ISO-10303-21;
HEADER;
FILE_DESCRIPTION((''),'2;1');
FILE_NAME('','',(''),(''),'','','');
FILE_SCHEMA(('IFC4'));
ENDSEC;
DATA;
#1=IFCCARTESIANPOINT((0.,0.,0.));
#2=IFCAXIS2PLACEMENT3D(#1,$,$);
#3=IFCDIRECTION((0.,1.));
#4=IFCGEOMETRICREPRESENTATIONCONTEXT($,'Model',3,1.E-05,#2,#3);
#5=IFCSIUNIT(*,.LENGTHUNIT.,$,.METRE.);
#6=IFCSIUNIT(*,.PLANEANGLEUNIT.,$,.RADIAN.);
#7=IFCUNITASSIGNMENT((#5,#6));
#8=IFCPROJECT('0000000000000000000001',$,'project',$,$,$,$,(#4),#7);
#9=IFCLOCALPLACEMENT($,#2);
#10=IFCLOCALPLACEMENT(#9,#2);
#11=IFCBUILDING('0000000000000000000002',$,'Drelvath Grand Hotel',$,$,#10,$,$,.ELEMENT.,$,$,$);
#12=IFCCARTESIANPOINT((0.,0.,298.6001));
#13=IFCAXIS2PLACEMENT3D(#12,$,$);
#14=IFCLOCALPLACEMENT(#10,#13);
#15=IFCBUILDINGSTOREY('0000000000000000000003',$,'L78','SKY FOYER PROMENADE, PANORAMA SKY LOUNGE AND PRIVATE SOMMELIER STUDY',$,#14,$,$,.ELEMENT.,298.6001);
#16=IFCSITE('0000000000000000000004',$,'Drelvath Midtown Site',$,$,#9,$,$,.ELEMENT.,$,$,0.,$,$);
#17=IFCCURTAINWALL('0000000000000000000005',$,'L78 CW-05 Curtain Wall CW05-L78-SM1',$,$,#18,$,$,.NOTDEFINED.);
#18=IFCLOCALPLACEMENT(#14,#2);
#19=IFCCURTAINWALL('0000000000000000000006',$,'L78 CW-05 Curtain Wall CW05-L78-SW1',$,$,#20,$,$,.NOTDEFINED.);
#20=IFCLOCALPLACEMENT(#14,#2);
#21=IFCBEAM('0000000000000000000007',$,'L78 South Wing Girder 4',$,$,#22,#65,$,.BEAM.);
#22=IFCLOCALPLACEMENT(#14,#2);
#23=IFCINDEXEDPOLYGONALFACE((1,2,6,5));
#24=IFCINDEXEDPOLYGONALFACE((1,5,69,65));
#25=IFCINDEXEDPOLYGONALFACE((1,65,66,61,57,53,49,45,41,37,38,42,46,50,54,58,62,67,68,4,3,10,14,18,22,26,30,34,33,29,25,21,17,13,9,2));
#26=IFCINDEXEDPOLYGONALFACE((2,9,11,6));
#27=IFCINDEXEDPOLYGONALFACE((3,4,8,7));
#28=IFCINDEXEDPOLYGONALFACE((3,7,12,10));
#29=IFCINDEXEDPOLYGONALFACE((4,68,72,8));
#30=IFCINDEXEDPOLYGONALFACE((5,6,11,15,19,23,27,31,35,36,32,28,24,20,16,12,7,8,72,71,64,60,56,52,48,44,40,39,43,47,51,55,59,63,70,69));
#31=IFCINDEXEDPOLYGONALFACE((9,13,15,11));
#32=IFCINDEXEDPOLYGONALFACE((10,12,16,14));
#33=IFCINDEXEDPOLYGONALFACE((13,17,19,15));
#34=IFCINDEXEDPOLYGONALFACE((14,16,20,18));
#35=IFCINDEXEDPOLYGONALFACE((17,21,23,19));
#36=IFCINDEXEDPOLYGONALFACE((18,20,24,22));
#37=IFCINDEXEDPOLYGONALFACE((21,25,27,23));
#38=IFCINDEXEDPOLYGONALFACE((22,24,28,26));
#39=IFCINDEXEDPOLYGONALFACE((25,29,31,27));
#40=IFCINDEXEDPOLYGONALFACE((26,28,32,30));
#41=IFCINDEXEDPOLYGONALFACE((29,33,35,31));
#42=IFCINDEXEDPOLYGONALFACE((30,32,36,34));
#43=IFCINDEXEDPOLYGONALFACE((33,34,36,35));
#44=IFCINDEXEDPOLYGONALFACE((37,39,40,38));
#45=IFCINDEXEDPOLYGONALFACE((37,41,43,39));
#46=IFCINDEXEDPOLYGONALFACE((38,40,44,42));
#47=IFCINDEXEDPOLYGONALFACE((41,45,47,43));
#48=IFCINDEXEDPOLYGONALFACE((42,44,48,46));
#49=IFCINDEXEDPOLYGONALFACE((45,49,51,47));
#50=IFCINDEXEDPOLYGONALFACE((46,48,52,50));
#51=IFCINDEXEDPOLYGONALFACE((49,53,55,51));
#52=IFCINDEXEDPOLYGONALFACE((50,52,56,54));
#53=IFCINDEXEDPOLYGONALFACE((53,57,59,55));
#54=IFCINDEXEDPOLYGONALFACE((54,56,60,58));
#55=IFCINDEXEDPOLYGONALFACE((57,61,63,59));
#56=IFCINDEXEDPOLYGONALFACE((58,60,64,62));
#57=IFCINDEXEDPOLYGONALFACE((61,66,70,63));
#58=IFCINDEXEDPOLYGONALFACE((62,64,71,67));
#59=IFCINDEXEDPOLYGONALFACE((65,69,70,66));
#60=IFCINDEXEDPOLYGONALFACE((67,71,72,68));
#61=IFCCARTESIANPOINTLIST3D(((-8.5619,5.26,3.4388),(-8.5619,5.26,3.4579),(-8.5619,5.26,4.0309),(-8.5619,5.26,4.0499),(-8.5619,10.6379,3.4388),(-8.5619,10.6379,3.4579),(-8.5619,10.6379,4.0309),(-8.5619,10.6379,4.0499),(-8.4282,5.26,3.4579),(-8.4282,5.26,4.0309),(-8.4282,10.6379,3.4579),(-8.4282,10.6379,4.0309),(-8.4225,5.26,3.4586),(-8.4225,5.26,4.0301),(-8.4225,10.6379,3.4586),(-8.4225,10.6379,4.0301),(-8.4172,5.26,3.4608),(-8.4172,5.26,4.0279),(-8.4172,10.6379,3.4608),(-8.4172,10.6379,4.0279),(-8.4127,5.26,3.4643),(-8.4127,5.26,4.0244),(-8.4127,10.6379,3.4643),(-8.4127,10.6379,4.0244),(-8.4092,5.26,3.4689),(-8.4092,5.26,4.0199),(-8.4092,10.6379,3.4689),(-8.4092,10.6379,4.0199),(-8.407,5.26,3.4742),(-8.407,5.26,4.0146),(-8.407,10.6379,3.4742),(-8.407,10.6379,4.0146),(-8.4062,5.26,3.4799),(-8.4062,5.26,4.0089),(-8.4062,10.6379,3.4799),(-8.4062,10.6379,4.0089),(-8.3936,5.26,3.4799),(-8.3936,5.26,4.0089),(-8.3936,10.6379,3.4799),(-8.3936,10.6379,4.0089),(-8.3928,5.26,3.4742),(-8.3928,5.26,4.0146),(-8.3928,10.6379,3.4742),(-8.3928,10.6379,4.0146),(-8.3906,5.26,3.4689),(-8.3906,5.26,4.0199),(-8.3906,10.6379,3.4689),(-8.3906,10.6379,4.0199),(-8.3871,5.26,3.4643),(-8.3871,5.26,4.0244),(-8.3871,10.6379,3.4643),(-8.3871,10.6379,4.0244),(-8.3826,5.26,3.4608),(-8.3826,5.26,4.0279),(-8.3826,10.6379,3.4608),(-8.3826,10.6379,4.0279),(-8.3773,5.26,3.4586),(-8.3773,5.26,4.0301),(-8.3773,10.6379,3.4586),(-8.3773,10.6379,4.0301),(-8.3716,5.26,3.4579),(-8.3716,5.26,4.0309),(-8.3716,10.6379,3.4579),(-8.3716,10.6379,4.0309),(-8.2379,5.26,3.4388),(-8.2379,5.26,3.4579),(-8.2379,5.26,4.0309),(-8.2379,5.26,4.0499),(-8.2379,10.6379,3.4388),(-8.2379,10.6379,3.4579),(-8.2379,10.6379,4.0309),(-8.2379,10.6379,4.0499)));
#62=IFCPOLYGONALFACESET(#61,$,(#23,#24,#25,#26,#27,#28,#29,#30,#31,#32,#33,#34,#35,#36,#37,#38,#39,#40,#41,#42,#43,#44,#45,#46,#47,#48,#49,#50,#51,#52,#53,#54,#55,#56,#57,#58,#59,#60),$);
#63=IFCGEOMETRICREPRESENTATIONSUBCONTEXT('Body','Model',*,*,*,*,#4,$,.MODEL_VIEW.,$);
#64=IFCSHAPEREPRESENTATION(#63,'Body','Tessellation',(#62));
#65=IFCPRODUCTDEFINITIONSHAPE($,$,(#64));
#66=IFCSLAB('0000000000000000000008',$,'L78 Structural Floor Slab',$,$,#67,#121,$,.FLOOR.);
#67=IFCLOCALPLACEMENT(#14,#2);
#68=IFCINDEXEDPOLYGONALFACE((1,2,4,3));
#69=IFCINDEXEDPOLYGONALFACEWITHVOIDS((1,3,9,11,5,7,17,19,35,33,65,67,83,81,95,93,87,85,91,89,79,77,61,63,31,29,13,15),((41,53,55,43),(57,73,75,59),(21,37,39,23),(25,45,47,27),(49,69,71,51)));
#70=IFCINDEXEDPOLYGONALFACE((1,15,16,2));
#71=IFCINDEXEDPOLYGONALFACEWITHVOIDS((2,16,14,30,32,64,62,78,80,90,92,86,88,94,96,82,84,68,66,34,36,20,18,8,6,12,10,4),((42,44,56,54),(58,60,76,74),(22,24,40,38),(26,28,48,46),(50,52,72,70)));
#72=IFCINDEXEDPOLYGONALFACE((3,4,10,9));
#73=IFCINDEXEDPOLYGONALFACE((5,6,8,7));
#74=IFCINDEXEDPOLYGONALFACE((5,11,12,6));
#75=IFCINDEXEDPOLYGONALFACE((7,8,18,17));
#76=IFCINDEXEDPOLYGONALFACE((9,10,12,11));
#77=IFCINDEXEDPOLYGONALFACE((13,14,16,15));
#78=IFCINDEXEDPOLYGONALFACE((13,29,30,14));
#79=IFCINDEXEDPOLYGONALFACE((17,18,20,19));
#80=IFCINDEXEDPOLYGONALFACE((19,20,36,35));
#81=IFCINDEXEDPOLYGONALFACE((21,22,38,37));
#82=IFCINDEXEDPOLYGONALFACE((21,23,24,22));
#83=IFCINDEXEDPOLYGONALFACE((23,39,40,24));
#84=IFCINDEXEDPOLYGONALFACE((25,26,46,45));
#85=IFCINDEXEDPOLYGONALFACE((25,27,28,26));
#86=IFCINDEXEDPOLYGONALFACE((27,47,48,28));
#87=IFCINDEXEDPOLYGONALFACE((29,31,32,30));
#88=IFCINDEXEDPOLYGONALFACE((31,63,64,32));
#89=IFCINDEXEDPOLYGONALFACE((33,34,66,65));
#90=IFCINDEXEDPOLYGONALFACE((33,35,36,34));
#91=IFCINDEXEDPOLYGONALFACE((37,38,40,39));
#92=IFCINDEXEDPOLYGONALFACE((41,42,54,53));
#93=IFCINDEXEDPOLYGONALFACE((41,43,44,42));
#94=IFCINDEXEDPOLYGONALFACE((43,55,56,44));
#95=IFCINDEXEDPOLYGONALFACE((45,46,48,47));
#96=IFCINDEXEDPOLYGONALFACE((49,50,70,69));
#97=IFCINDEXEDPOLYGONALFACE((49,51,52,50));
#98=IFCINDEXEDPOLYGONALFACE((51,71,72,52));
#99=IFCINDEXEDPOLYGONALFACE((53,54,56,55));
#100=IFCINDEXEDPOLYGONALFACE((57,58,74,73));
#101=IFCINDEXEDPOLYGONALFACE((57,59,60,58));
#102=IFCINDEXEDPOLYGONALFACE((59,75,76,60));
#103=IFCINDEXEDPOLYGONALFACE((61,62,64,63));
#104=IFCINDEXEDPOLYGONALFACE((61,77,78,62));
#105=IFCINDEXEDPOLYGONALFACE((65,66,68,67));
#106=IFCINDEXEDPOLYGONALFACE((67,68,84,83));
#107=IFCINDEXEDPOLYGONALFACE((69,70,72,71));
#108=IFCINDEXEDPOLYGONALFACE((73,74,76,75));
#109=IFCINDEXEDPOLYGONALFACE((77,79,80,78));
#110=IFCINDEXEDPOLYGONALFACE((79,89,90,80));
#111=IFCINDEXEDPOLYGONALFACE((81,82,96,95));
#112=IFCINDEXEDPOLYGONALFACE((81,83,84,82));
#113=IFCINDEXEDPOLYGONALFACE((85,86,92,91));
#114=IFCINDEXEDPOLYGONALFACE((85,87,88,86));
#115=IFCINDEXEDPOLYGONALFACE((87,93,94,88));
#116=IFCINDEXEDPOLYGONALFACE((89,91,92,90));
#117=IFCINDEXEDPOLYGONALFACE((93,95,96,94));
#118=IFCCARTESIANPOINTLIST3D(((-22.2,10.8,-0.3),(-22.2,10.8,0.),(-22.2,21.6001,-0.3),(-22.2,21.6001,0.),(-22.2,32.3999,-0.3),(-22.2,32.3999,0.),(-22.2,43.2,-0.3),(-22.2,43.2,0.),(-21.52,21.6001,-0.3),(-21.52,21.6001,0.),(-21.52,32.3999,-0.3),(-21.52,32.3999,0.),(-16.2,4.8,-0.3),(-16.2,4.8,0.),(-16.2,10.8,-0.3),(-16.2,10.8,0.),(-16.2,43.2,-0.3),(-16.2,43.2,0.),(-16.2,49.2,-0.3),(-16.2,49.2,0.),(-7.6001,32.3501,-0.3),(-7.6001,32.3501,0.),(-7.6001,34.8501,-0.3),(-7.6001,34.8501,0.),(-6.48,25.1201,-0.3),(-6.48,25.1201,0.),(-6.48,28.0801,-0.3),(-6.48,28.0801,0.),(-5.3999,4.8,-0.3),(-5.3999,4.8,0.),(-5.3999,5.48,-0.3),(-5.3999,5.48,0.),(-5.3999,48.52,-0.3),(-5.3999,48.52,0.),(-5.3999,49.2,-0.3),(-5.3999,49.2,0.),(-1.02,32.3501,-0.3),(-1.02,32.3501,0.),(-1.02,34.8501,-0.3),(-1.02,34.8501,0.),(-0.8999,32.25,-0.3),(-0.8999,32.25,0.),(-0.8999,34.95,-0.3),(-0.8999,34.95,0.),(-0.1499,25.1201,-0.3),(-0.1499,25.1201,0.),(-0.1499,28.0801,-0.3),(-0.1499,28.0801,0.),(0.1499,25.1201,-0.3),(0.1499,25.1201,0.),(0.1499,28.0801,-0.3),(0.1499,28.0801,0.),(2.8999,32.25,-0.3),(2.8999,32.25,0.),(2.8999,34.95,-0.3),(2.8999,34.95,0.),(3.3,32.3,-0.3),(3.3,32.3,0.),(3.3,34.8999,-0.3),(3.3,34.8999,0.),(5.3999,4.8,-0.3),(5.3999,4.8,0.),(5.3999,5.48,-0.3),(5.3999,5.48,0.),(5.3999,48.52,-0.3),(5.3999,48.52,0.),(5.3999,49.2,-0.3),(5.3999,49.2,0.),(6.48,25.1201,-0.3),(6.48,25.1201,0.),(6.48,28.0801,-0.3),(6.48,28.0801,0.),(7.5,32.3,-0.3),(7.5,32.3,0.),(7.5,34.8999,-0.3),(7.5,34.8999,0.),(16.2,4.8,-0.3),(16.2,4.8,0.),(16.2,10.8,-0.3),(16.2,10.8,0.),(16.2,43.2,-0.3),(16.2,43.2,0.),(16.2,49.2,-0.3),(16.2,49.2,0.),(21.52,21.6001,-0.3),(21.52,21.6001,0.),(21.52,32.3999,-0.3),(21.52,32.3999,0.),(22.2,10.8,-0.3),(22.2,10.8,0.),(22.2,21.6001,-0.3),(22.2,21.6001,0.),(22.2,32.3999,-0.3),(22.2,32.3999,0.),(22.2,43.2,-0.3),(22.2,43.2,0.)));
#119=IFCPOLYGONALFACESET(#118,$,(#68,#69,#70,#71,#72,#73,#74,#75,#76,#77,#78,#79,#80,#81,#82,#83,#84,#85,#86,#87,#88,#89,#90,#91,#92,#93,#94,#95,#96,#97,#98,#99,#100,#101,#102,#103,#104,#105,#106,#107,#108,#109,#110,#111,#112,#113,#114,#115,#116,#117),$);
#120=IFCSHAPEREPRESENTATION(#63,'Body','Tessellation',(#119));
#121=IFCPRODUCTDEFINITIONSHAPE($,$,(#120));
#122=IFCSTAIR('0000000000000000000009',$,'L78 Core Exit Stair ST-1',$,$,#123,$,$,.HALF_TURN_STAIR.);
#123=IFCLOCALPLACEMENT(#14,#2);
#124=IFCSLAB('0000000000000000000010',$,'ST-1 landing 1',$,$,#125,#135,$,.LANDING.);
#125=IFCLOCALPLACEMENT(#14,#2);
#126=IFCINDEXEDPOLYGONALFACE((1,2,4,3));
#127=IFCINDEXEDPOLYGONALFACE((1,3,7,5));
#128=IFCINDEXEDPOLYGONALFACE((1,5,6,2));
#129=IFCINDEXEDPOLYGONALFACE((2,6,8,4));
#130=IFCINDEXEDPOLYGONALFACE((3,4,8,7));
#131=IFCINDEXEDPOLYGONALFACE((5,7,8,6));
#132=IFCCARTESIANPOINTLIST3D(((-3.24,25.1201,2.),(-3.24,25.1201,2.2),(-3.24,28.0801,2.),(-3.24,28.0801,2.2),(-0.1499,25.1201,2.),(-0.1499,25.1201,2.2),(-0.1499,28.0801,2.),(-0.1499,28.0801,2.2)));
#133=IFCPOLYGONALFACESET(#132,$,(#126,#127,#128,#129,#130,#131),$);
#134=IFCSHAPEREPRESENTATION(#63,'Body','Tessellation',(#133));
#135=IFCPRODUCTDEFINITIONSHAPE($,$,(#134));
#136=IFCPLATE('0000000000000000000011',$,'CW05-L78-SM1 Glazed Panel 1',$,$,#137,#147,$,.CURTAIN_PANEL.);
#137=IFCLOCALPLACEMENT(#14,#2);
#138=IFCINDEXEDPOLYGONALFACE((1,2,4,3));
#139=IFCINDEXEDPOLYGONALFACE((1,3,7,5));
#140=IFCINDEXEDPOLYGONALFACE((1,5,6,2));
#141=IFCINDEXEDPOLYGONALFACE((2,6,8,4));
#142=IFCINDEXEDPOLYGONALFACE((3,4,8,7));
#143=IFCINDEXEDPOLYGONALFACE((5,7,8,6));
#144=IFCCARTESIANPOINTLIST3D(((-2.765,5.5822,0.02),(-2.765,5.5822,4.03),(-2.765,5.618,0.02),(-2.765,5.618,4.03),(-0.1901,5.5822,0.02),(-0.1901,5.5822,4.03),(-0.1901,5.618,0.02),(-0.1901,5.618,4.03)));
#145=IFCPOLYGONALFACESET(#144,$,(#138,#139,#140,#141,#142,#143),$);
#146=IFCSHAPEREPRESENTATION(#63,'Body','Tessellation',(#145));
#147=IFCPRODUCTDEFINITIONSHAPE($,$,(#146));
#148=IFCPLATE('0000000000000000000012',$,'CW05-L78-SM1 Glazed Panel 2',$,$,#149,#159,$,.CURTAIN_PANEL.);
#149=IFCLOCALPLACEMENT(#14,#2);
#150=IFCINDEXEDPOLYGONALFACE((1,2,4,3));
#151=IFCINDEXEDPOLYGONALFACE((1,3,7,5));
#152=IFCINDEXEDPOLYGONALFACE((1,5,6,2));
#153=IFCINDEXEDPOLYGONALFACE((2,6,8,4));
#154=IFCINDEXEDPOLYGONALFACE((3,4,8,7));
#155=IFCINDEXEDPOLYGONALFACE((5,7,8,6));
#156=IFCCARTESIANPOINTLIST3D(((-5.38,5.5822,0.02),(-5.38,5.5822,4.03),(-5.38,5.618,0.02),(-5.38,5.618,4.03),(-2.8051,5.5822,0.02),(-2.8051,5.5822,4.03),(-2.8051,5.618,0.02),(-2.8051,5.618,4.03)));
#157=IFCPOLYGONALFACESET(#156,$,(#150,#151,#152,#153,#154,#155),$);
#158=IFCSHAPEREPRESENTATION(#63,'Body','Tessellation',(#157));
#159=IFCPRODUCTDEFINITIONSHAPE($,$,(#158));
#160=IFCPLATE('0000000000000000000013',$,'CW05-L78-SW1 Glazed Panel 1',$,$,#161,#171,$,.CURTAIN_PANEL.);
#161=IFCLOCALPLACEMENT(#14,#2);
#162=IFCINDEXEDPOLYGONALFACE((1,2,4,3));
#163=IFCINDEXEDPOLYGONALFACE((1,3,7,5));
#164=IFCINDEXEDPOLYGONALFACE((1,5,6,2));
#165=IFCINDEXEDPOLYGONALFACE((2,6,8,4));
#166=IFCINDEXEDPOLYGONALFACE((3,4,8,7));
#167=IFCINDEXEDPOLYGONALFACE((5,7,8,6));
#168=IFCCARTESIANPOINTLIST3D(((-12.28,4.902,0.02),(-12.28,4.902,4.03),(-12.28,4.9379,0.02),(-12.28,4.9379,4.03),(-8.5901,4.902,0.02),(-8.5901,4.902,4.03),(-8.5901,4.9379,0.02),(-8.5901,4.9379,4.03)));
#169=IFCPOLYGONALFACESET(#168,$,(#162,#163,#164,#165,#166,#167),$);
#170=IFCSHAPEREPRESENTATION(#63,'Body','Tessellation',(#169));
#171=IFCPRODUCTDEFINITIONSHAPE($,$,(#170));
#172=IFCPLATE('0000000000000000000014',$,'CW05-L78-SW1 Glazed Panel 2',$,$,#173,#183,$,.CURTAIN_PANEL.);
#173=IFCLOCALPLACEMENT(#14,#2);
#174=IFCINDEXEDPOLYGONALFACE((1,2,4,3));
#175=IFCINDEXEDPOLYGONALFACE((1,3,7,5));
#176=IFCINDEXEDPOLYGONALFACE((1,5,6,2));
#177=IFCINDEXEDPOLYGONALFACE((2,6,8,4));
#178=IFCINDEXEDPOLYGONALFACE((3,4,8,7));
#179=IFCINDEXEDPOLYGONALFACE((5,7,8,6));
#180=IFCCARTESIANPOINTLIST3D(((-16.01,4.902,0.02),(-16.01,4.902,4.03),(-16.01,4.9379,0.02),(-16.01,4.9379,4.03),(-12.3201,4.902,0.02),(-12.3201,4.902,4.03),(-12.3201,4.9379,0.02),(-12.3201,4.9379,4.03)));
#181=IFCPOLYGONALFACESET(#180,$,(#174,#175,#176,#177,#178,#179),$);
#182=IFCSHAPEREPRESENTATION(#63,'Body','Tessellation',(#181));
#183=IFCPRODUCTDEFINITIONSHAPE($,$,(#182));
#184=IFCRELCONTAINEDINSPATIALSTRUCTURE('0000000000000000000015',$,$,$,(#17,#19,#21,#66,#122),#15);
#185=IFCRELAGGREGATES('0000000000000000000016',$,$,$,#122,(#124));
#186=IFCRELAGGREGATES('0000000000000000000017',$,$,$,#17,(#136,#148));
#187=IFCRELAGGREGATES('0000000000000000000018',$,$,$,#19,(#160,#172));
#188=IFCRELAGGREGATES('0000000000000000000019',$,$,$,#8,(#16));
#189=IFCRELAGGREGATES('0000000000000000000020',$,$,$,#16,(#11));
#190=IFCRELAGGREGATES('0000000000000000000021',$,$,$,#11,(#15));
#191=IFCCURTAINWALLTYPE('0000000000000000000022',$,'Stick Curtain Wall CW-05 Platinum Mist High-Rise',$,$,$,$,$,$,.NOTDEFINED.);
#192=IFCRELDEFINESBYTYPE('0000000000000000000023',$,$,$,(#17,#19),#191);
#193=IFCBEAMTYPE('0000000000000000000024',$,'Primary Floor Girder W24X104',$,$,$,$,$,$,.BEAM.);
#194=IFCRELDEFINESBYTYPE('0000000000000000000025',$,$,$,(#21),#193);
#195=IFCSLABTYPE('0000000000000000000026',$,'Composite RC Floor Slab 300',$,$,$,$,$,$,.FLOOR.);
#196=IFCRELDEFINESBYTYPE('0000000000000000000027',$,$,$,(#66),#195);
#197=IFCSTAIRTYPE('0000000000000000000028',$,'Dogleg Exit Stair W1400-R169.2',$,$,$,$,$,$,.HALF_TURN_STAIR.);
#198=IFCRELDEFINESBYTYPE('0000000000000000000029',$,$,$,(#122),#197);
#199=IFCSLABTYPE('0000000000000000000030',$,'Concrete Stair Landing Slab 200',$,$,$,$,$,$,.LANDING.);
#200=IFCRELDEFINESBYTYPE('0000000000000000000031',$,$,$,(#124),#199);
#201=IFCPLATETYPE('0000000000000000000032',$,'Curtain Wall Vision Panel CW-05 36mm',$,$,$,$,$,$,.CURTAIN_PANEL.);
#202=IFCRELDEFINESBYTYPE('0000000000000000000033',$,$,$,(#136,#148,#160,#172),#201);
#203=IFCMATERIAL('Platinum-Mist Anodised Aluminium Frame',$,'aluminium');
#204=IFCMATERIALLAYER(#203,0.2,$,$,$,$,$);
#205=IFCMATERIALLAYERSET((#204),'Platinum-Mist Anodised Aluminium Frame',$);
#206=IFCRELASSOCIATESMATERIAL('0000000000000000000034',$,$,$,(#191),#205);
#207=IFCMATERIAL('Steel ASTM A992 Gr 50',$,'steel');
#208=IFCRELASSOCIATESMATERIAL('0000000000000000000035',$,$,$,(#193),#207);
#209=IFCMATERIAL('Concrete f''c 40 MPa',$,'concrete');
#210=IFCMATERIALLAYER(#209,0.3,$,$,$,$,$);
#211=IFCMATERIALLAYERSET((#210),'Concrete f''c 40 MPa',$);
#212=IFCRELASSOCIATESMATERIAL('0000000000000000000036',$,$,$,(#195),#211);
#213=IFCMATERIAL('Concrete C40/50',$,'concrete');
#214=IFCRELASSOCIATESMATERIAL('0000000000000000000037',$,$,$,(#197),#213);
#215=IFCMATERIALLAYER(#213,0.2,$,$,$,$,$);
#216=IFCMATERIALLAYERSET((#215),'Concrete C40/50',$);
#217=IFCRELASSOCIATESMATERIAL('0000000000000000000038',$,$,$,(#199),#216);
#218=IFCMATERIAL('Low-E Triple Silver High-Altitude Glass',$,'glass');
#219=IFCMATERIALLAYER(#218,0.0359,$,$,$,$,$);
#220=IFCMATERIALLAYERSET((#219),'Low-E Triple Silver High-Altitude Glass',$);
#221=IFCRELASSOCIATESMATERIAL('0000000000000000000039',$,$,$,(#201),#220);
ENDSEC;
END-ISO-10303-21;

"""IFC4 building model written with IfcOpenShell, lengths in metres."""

from ifc_helpers import new_model, si_unit, direction, frame, origin, origin_2d, place, context, subcontext, project, spatial, polyline, rectangle, i_section, outline, extrude, material, layer, layer_set, material_profile, profile_set, type_object, element, aggregate, save


model = new_model("IFC4")

# Units and contexts
model_context = context("Model", 3, precision=1e-05, world=origin(), true_north=direction((0.0, 1.0)))
body_context = subcontext(model_context, "Body", "Model", "MODEL_VIEW")
ifc_project = project(units=[si_unit("LENGTHUNIT", "METRE"), si_unit("PLANEANGLEUNIT", "RADIAN")], contexts=[model_context])

# Site, building, storey
site_placement = place(None, origin())
site = spatial("IfcSite", under=ifc_project, at=site_placement, Name="Drelvath Midtown Site", CompositionType="ELEMENT", RefElevation=0.0)
building_placement = place(site_placement, origin())
building = spatial("IfcBuilding", under=site, at=building_placement, Name="Drelvath Grand Hotel", CompositionType="ELEMENT")
storey_placement = place(building_placement, frame((0.0, 0.0, 298.6001)))
storey = spatial("IfcBuildingStorey", under=building, at=storey_placement, Name="L78", Description="SKY FOYER PROMENADE, PANORAMA SKY LOUNGE AND PRIVATE SOMMELIER STUDY", CompositionType="ELEMENT", Elevation=298.6001)

# Shared definitions
ifc_material_1 = material(Name="Steel ASTM A992 Gr 50", Category="steel")

# Curtain walls
ifc_material_2 = material(Name="Platinum-Mist Anodised Aluminium Frame", Category="aluminium")
ifc_layer_1 = layer(ifc_material_2, 0.2)
ifc_layer_set_1 = layer_set([ifc_layer_1], Name="Platinum-Mist Anodised Aluminium Frame")
curtain_wall_type = type_object("IfcCurtainWallType", Name="Stick Curtain Wall CW-05 Platinum Mist High-Rise", PredefinedType="NOTDEFINED", material=ifc_layer_set_1)
curtain_wall_1_placement = place(storey_placement, origin())
curtain_wall_1 = element("IfcCurtainWall", 1, at=curtain_wall_1_placement, inside=storey, type_object=curtain_wall_type, Name="L78 CW-05 Curtain Wall CW05-L78-SM1", PredefinedType="NOTDEFINED")
curtain_wall_2_placement = place(storey_placement, origin())
curtain_wall_2 = element("IfcCurtainWall", 2, at=curtain_wall_2_placement, inside=storey, type_object=curtain_wall_type, Name="L78 CW-05 Curtain Wall CW05-L78-SW1", PredefinedType="NOTDEFINED")

# Beam
ifc_material_profile_1 = material_profile(ifc_material_1, i_section(OverallWidth=0.324, OverallDepth=0.6111, WebThickness=0.0127, FlangeThickness=0.019, FilletRadius=0.022, at=origin_2d()), Name="W24X104")
ifc_profile_set_1 = profile_set([ifc_material_profile_1], Name="Steel ASTM A992 Gr 50")
beam_type_1 = type_object("IfcBeamType", Name="Primary Floor Girder W24X104", PredefinedType="BEAM", material=ifc_profile_set_1)
beam_1_placement = place(storey_placement, frame((-8.3999, 5.26, 3.7444), z_axis=(0.0, 1.0, 0.0), x_axis=(-1.0, 0.0, 0.0)))
element("IfcBeam", 3, at=beam_1_placement, inside=storey, type_object=beam_type_1, Name="L78 South Wing Girder 4", PredefinedType="BEAM", context=body_context, shape_type="SweptSolid", body=[
    extrude(i_section(OverallWidth=0.324, OverallDepth=0.6111, WebThickness=0.0127, FlangeThickness=0.019, FilletRadius=0.022, at=origin_2d()), origin(), (0.0, 0.0, 1.0), 5.3779),
])

# Slab
ifc_material_3 = material(Name="Concrete f'c 40 MPa", Category="concrete")
ifc_layer_2 = layer(ifc_material_3, 0.3)
ifc_layer_set_2 = layer_set([ifc_layer_2], Name="Concrete f'c 40 MPa")
slab_type_1 = type_object("IfcSlabType", Name="Composite RC Floor Slab 300", PredefinedType="FLOOR", material=ifc_layer_set_2)
slab_1_placement = place(storey_placement, frame((0.0, 0.0, -0.3)))
element("IfcSlab", 4, at=slab_1_placement, inside=storey, type_object=slab_type_1, Name="L78 Structural Floor Slab", PredefinedType="FLOOR", context=body_context, shape_type="SweptSolid", body=[
    extrude(outline(polyline([(-16.2, 4.8), (-5.3999, 4.8), (-5.3999, 5.48), (5.3999, 5.48), (5.3999, 4.8), (16.2, 4.8), (16.2, 10.8), (22.2, 10.8), (22.2, 21.6001), (21.52, 21.6001), (21.52, 32.3999), (22.2, 32.3999), (22.2, 43.2), (16.2, 43.2), (16.2, 49.2), (5.3999, 49.2), (5.3999, 48.52), (-5.3999, 48.52), (-5.3999, 49.2), (-16.2, 49.2), (-16.2, 43.2), (-22.2, 43.2), (-22.2, 32.3999), (-21.52, 32.3999), (-21.52, 21.6001), (-22.2, 21.6001), (-22.2, 10.8), (-16.2, 10.8), (-16.2, 4.8)]), holes=[polyline([(-6.48, 25.1201), (-6.48, 28.0801), (-0.1499, 28.0801), (-0.1499, 25.1201), (-6.48, 25.1201)]), polyline([(0.1499, 25.1201), (0.1499, 28.0801), (6.48, 28.0801), (6.48, 25.1201), (0.1499, 25.1201)]), polyline([(-7.6001, 32.3501), (-7.6001, 34.8501), (-1.02, 34.8501), (-1.02, 32.3501), (-7.6001, 32.3501)]), polyline([(-0.8999, 32.25), (-0.8999, 34.95), (2.8999, 34.95), (2.8999, 32.25), (-0.8999, 32.25)]), polyline([(3.3, 32.3), (3.3, 34.8999), (7.5, 34.8999), (7.5, 32.3), (3.3, 32.3)])]), origin(), (0.0, 0.0, 1.0), 0.3),
])

# Stair, slab
ifc_material_4 = material(Name="Concrete C40/50", Category="concrete")
stair_type = type_object("IfcStairType", Name="Dogleg Exit Stair W1400-R169.2", PredefinedType="HALF_TURN_STAIR", material=ifc_material_4)
stair_placement = place(storey_placement, origin())
stair = element("IfcStair", 5, at=stair_placement, inside=storey, type_object=stair_type, Name="L78 Core Exit Stair ST-1", PredefinedType="HALF_TURN_STAIR")
ifc_layer_3 = layer(ifc_material_4, 0.2)
ifc_layer_set_3 = layer_set([ifc_layer_3], Name="Concrete C40/50")
slab_type_2 = type_object("IfcSlabType", Name="Concrete Stair Landing Slab 200", PredefinedType="LANDING", material=ifc_layer_set_3)
slab_2_placement = place(storey_placement, frame((0.0, 0.0, 2.0)))
slab_2 = element("IfcSlab", 6, at=slab_2_placement, type_object=slab_type_2, Name="ST-1 landing 1", PredefinedType="LANDING", context=body_context, shape_type="SweptSolid", body=[
    extrude(outline(polyline([(-3.24, 25.1201), (-0.1499, 25.1201), (-0.1499, 28.0801), (-3.24, 28.0801), (-3.24, 25.1201)])), origin(), (0.0, 0.0, 1.0), 0.2),
])
aggregate(stair, [slab_2])

# Plates
ifc_material_5 = material(Name="Low-E Triple Silver High-Altitude Glass", Category="glass")
ifc_layer_4 = layer(ifc_material_5, 0.0359)
ifc_layer_set_4 = layer_set([ifc_layer_4], Name="Low-E Triple Silver High-Altitude Glass")
plate_type = type_object("IfcPlateType", Name="Curtain Wall Vision Panel CW-05 36mm", PredefinedType="CURTAIN_PANEL", material=ifc_layer_set_4)
plate_1_placement = place(storey_placement, frame((-1.4775, 5.6001, 0.02), z_axis=(0.0, 0.0, 1.0), x_axis=(-1.0, 0.0, 0.0)))
plate_1 = element("IfcPlate", 7, at=plate_1_placement, type_object=plate_type, Name="CW05-L78-SM1 Glazed Panel 1", PredefinedType="CURTAIN_PANEL", context=body_context, shape_type="SweptSolid", body=[
    extrude(rectangle(XDim=2.575, YDim=0.0359, at=origin_2d()), origin(), (0.0, 0.0, 1.0), 4.01),
])
plate_2_placement = place(storey_placement, frame((-4.0925, 5.6001, 0.02), z_axis=(0.0, 0.0, 1.0), x_axis=(-1.0, 0.0, 0.0)))
plate_2 = element("IfcPlate", 8, at=plate_2_placement, type_object=plate_type, Name="CW05-L78-SM1 Glazed Panel 2", PredefinedType="CURTAIN_PANEL", context=body_context, shape_type="SweptSolid", body=[
    extrude(rectangle(XDim=2.575, YDim=0.0359, at=origin_2d()), origin(), (0.0, 0.0, 1.0), 4.01),
])
aggregate(curtain_wall_1, [plate_1, plate_2])
plate_3_placement = place(storey_placement, frame((-10.4351, 4.9199, 0.02), z_axis=(0.0, 0.0, 1.0), x_axis=(-1.0, 0.0, 0.0)))
plate_3 = element("IfcPlate", 9, at=plate_3_placement, type_object=plate_type, Name="CW05-L78-SW1 Glazed Panel 1", PredefinedType="CURTAIN_PANEL", context=body_context, shape_type="SweptSolid", body=[
    extrude(rectangle(XDim=3.6899, YDim=0.0359, at=origin_2d()), origin(), (0.0, 0.0, 1.0), 4.01),
])
plate_4_placement = place(storey_placement, frame((-14.165, 4.9199, 0.02), z_axis=(0.0, 0.0, 1.0), x_axis=(-1.0, 0.0, 0.0)))
plate_4 = element("IfcPlate", 10, at=plate_4_placement, type_object=plate_type, Name="CW05-L78-SW1 Glazed Panel 2", PredefinedType="CURTAIN_PANEL", context=body_context, shape_type="SweptSolid", body=[
    extrude(rectangle(XDim=3.6899, YDim=0.0359, at=origin_2d()), origin(), (0.0, 0.0, 1.0), 4.01),
])
aggregate(curtain_wall_2, [plate_3, plate_4])

save(model, "model.ifc")
